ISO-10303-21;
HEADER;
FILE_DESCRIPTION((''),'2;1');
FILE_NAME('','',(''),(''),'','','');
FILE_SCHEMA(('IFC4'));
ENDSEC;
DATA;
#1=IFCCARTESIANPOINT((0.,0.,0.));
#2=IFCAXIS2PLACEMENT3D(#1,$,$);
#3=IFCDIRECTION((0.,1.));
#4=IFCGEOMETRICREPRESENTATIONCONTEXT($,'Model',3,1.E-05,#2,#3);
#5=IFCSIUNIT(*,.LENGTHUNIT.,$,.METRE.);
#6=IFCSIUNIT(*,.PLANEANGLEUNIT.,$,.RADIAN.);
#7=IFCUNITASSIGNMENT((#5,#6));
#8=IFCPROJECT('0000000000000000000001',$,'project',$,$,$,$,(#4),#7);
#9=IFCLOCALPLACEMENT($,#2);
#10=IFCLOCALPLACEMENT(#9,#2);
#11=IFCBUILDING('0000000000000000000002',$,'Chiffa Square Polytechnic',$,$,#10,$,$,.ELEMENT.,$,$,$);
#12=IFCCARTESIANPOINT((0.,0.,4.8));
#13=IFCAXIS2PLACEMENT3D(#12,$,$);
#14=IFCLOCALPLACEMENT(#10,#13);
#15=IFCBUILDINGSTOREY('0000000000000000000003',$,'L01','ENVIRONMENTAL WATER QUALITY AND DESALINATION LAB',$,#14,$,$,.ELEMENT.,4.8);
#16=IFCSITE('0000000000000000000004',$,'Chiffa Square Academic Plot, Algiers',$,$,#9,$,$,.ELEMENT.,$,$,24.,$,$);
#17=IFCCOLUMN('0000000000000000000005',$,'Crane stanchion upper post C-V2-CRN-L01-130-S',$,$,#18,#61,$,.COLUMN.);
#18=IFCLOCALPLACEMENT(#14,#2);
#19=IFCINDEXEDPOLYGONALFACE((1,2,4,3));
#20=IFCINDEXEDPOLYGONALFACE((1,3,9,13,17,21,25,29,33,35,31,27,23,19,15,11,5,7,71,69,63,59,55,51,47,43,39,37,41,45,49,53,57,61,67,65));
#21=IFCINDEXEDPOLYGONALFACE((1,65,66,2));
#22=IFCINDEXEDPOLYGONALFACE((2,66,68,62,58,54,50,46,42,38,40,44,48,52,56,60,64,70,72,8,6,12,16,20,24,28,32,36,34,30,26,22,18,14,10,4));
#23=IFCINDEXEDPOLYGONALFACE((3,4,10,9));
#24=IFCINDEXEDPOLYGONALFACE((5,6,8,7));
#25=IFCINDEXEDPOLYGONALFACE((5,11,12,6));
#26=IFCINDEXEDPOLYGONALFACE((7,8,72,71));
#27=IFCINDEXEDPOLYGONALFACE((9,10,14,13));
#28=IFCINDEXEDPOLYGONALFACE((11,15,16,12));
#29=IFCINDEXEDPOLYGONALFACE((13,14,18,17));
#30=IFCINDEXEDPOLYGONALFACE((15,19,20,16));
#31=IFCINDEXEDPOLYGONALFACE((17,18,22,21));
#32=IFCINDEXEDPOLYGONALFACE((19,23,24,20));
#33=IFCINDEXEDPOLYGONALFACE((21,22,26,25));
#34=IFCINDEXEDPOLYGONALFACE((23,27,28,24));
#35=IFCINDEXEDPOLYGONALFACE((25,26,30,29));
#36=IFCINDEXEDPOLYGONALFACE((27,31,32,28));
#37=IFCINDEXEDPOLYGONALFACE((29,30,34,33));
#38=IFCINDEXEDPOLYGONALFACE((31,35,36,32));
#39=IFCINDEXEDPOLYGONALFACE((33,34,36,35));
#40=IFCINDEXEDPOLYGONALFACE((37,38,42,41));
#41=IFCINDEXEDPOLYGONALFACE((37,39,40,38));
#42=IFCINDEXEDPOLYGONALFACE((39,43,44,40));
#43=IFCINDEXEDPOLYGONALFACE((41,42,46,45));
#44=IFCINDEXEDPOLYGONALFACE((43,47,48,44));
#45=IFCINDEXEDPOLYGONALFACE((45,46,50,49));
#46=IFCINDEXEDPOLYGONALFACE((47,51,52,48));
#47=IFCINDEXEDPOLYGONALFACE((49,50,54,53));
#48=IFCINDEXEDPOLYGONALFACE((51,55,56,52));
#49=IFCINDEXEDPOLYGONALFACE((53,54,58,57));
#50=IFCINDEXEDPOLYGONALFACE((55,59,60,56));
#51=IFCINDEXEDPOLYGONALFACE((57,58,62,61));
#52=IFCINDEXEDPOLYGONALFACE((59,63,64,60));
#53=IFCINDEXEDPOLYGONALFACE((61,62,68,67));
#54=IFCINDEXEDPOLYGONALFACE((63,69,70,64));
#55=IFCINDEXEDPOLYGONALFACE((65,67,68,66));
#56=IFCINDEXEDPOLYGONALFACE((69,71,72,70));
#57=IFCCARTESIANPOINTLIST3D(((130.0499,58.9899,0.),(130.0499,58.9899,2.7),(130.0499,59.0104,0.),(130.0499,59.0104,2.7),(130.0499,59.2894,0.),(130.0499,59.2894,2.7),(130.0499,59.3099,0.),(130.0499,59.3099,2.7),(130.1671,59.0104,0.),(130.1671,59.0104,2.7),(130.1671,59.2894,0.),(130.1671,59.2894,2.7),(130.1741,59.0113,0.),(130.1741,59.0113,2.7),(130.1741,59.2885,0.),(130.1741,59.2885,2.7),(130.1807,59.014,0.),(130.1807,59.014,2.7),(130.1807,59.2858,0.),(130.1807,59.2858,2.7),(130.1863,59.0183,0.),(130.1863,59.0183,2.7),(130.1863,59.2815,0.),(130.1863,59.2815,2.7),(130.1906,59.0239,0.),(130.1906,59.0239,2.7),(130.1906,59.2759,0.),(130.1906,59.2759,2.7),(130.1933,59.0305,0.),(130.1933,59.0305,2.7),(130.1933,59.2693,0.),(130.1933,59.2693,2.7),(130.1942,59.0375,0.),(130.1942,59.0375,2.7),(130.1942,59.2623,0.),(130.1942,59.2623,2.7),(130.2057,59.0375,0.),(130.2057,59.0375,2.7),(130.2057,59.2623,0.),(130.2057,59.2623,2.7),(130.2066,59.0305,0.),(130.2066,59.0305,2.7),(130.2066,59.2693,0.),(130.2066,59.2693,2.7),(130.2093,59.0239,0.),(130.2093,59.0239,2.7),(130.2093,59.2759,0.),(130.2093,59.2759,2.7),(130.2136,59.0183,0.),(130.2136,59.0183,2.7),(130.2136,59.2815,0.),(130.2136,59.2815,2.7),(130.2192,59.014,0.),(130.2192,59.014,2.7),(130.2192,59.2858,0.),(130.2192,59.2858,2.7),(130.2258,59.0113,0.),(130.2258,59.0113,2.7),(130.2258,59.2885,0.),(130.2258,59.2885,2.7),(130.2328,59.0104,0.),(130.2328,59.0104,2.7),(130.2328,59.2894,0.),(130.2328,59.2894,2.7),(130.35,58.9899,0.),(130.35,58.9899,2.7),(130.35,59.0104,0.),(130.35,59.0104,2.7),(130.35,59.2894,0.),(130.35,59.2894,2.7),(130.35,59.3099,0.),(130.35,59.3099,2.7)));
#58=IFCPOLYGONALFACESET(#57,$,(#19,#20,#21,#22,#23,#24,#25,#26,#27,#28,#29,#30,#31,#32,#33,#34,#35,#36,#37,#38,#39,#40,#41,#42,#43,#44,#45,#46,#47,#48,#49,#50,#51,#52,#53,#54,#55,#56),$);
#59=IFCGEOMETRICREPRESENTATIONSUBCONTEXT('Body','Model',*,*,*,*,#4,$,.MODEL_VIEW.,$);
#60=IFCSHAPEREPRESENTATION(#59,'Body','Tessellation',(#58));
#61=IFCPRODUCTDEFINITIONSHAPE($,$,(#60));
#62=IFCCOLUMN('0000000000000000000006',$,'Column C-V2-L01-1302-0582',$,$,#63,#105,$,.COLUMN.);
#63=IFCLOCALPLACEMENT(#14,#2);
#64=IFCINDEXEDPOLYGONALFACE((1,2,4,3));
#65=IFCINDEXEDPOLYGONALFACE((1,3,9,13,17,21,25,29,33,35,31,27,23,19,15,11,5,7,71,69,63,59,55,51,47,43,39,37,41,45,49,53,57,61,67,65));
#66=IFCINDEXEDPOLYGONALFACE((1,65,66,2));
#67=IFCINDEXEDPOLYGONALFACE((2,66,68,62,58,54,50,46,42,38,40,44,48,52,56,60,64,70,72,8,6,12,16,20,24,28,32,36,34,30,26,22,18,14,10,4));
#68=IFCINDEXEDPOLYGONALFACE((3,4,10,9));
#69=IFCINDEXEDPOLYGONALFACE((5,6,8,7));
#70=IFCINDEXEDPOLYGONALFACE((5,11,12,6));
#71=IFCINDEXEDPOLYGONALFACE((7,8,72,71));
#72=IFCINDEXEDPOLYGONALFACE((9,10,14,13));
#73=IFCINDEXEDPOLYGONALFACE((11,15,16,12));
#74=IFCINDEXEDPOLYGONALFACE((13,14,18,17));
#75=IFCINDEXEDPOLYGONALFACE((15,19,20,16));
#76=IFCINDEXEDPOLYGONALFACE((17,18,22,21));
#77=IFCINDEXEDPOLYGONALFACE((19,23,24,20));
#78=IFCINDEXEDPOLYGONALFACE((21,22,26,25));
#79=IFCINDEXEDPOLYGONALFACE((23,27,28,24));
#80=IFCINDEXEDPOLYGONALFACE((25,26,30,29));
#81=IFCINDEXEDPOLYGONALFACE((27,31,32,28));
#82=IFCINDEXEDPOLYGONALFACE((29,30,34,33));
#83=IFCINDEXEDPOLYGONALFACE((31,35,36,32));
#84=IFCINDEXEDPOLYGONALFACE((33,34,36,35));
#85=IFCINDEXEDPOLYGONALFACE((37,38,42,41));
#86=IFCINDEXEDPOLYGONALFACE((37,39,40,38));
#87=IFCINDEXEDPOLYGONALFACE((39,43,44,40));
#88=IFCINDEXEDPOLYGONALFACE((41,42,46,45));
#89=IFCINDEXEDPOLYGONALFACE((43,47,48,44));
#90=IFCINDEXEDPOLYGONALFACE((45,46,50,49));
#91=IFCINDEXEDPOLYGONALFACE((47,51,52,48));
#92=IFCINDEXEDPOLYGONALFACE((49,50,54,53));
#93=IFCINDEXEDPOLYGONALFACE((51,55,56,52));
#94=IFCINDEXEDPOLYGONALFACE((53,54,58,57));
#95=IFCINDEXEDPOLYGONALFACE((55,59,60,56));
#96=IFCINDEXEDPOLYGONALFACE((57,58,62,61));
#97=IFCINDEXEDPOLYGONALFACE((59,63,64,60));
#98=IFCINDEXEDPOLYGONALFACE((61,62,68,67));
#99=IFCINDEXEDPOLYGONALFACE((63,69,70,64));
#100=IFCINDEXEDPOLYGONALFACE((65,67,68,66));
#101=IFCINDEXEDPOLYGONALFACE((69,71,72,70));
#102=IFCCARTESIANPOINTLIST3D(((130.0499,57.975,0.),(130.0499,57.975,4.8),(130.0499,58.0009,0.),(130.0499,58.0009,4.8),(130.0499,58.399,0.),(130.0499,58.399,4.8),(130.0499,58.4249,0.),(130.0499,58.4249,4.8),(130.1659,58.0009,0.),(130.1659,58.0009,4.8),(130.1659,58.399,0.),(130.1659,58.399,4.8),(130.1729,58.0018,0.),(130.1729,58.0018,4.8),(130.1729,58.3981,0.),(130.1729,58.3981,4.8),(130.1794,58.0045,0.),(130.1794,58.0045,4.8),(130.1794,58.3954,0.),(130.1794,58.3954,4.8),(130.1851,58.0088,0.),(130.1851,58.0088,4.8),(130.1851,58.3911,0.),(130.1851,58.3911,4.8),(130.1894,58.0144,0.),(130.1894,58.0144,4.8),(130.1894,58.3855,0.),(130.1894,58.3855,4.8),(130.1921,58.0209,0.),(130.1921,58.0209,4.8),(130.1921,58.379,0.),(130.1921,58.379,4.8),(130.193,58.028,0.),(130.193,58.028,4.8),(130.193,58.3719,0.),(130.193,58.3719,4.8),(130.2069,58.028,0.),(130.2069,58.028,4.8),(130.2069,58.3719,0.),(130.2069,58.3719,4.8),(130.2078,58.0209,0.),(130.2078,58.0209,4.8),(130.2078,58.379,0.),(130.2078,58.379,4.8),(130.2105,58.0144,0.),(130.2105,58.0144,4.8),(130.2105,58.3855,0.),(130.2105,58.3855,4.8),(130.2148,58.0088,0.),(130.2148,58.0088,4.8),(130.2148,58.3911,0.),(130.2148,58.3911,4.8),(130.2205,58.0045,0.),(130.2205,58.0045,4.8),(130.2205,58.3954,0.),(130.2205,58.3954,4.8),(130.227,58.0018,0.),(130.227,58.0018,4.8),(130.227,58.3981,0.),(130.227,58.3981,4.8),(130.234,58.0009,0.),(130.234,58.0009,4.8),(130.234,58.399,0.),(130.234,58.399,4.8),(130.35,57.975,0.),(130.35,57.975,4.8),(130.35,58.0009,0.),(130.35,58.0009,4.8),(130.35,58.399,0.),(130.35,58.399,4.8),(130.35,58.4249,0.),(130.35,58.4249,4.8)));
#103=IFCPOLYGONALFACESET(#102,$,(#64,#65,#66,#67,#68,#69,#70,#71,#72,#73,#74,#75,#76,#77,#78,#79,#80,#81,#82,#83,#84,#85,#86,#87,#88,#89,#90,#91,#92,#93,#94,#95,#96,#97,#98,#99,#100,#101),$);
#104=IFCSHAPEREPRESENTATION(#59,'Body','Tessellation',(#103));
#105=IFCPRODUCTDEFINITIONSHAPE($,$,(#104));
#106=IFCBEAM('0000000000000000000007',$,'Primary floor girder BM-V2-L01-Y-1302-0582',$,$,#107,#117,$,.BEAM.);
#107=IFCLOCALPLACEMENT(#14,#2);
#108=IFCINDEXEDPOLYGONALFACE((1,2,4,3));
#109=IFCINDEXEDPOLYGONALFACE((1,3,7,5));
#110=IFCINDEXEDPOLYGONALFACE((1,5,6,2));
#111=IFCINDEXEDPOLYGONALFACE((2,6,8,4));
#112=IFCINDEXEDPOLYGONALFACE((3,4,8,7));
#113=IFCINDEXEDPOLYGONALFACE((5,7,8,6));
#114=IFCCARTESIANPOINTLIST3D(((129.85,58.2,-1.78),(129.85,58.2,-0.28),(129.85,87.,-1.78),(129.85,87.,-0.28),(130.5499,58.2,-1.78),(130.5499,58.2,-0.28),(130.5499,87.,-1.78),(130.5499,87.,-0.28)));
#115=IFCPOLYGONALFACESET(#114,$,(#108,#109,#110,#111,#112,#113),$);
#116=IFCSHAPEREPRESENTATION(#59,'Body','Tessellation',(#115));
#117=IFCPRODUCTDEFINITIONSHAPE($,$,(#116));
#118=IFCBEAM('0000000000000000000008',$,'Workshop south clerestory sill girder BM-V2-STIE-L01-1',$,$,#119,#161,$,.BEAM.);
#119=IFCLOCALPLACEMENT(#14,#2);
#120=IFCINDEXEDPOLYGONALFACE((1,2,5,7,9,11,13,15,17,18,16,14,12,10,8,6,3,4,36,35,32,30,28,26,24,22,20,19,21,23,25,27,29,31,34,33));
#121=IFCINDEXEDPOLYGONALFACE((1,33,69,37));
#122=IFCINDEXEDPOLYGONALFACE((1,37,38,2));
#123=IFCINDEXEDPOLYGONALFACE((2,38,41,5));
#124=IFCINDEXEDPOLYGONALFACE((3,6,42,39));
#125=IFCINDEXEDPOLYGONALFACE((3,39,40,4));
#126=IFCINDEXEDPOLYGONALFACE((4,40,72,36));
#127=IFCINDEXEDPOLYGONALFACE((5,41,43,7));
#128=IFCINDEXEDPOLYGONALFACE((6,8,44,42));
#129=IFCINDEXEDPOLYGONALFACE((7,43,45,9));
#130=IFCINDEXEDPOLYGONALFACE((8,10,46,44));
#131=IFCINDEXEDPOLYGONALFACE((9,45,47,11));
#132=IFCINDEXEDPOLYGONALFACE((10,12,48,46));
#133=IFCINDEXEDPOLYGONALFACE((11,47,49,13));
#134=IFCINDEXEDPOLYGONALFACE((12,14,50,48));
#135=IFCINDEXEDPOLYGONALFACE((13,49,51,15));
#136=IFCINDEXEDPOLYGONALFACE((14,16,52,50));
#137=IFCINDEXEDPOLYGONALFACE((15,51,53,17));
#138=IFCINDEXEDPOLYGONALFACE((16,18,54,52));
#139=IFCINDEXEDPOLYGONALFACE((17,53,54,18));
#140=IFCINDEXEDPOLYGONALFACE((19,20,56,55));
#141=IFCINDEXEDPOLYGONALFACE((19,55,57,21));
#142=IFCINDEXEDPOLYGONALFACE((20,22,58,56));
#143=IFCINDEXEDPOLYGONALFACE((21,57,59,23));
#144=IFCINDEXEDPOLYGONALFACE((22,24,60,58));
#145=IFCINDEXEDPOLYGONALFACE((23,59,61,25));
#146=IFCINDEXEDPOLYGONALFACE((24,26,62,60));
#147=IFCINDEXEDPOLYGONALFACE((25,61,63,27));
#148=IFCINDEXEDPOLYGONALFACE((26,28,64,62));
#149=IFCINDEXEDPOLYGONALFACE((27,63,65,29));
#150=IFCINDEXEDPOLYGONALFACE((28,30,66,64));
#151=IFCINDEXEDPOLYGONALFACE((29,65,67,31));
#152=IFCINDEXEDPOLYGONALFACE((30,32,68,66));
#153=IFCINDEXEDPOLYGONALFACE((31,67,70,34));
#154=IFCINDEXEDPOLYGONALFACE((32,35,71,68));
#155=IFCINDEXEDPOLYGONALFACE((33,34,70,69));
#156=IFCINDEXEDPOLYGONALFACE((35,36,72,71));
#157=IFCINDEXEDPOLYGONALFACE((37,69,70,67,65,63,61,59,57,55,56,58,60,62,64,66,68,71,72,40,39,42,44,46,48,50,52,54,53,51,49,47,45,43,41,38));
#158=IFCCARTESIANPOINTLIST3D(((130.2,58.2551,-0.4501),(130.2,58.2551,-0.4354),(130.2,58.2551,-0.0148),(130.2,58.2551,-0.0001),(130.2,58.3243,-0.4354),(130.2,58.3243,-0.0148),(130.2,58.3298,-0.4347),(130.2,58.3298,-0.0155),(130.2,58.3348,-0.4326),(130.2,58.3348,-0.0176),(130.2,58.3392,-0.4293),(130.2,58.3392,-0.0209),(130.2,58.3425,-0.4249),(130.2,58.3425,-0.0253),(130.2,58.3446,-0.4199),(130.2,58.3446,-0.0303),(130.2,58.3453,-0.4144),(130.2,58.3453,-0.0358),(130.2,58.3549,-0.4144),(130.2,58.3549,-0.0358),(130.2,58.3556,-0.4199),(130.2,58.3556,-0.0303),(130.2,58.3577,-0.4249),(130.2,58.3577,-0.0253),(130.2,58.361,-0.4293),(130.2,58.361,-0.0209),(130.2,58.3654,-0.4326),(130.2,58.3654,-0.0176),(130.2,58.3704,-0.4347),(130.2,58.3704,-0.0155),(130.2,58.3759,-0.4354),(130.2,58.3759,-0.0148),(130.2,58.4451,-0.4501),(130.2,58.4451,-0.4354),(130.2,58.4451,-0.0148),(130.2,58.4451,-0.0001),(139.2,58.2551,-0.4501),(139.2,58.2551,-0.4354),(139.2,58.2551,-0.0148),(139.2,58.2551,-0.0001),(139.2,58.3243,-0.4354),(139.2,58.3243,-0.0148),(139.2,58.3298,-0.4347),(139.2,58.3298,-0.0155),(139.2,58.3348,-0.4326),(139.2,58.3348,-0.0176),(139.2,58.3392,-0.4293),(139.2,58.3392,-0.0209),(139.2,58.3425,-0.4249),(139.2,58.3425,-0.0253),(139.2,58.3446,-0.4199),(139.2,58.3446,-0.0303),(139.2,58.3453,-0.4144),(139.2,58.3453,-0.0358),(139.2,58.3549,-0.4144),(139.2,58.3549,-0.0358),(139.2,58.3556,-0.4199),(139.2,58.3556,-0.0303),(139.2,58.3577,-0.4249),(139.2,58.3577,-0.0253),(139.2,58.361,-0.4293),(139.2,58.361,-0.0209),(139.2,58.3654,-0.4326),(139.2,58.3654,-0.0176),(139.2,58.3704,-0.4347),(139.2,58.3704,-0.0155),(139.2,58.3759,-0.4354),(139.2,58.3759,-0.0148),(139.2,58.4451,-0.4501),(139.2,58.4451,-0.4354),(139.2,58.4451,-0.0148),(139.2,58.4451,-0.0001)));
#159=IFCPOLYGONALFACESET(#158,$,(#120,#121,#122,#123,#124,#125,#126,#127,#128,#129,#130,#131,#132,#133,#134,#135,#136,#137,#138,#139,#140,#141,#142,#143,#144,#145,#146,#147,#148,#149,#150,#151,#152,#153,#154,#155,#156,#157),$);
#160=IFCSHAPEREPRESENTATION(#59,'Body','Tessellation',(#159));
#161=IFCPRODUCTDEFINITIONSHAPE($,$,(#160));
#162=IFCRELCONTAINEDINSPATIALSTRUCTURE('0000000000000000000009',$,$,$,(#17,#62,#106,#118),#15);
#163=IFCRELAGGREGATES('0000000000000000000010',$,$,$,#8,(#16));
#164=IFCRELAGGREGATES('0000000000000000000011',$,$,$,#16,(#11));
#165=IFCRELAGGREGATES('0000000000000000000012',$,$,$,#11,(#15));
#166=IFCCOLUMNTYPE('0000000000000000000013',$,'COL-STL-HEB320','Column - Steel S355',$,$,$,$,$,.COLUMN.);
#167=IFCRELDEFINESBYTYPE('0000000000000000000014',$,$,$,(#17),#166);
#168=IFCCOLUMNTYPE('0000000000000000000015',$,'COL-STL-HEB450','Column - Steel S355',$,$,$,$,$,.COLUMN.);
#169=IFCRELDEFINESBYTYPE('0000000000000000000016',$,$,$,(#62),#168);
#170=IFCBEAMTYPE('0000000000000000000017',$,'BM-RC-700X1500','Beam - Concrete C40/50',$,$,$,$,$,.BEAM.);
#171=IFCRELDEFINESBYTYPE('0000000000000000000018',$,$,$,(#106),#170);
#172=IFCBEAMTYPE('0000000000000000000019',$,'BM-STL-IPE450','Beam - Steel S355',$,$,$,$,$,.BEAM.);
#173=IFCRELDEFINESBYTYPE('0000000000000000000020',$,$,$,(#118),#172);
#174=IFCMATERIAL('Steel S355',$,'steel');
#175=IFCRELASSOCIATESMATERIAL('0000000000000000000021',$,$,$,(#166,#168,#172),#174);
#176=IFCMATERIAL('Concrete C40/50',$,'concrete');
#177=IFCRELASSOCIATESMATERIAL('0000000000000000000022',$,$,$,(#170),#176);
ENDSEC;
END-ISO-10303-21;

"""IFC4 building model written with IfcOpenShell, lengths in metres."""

from ifc_helpers import new_model, si_unit, direction, frame, origin, origin_2d, place, context, subcontext, project, spatial, rectangle, i_section, extrude, material, material_profile, profile_set, type_object, element, save


model = new_model("IFC4")

# Units and contexts
model_context = context("Model", 3, precision=1e-05, world=origin(), true_north=direction((0.0, 1.0)))
body_context = subcontext(model_context, "Body", "Model", "MODEL_VIEW")
ifc_project = project(units=[si_unit("LENGTHUNIT", "METRE"), si_unit("PLANEANGLEUNIT", "RADIAN")], contexts=[model_context])

# Site, building, storey
site_placement = place(None, origin())
site = spatial("IfcSite", under=ifc_project, at=site_placement, Name="Chiffa Square Academic Plot, Algiers", CompositionType="ELEMENT", RefElevation=24.0)
building_placement = place(site_placement, origin())
building = spatial("IfcBuilding", under=site, at=building_placement, Name="Chiffa Square Polytechnic", CompositionType="ELEMENT")
storey_placement = place(building_placement, frame((0.0, 0.0, 4.8)))
storey = spatial("IfcBuildingStorey", under=building, at=storey_placement, Name="L01", Description="ENVIRONMENTAL WATER QUALITY AND DESALINATION LAB", CompositionType="ELEMENT", Elevation=4.8)

# Columns
ifc_material_1 = material(Name="Steel S355", Category="steel")
ifc_material_profile_1 = material_profile(ifc_material_1, i_section(OverallWidth=0.3, OverallDepth=0.3201, WebThickness=0.0115, FlangeThickness=0.0205, FilletRadius=0.0271, at=origin_2d()), Name="HEB 320")
ifc_profile_set_1 = profile_set([ifc_material_profile_1], Name="Steel S355")
column_type_1 = type_object("IfcColumnType", Name="COL-STL-HEB320", Description="Column - Steel S355", PredefinedType="COLUMN", material=ifc_profile_set_1)
column_1_placement = place(storey_placement, frame((130.2, 59.1499, 0.0), z_axis=(0.0, 0.0, 1.0), x_axis=(1.0, 0.0, 0.0)))
element("IfcColumn", 1, at=column_1_placement, inside=storey, type_object=column_type_1, Name="Crane stanchion upper post C-V2-CRN-L01-130-S", PredefinedType="COLUMN", context=body_context, shape_type="SweptSolid", body=[
    extrude(i_section(OverallWidth=0.3, OverallDepth=0.3201, WebThickness=0.0115, FlangeThickness=0.0205, FilletRadius=0.0271, at=origin_2d()), origin(), (0.0, 0.0, 1.0), 2.7),
])
ifc_material_profile_2 = material_profile(ifc_material_1, i_section(OverallWidth=0.3, OverallDepth=0.45, WebThickness=0.0139, FlangeThickness=0.0259, FilletRadius=0.0271, at=origin_2d()), Name="HEB 450")
ifc_profile_set_2 = profile_set([ifc_material_profile_2], Name="Steel S355")
column_type_2 = type_object("IfcColumnType", Name="COL-STL-HEB450", Description="Column - Steel S355", PredefinedType="COLUMN", material=ifc_profile_set_2)
column_2_placement = place(storey_placement, frame((130.2, 58.2, 0.0), z_axis=(0.0, 0.0, 1.0), x_axis=(1.0, 0.0, 0.0)))
element("IfcColumn", 2, at=column_2_placement, inside=storey, type_object=column_type_2, Name="Column C-V2-L01-1302-0582", PredefinedType="COLUMN", context=body_context, shape_type="SweptSolid", body=[
    extrude(i_section(OverallWidth=0.3, OverallDepth=0.45, WebThickness=0.0139, FlangeThickness=0.0259, FilletRadius=0.0271, at=origin_2d()), origin(), (0.0, 0.0, 1.0), 4.8),
])

# Beams
ifc_material_2 = material(Name="Concrete C40/50", Category="concrete")
ifc_material_profile_3 = material_profile(ifc_material_2, rectangle(XDim=0.7, YDim=1.5, at=origin_2d()), Name="RC 700x1500")
ifc_profile_set_3 = profile_set([ifc_material_profile_3], Name="Concrete C40/50")
beam_type_1 = type_object("IfcBeamType", Name="BM-RC-700X1500", Description="Beam - Concrete C40/50", PredefinedType="BEAM", material=ifc_profile_set_3)
beam_1_placement = place(storey_placement, frame((130.2, 58.2, -1.03), z_axis=(0.0, 1.0, 0.0), x_axis=(-1.0, 0.0, 0.0)))
element("IfcBeam", 3, at=beam_1_placement, inside=storey, type_object=beam_type_1, Name="Primary floor girder BM-V2-L01-Y-1302-0582", PredefinedType="BEAM", context=body_context, shape_type="SweptSolid", body=[
    extrude(rectangle(XDim=0.7, YDim=1.5, at=origin_2d()), origin(), (0.0, 0.0, 1.0), 28.8),
])
ifc_material_profile_4 = material_profile(ifc_material_1, i_section(OverallWidth=0.1899, OverallDepth=0.45, WebThickness=0.0095, FlangeThickness=0.0146, FilletRadius=0.021, at=origin_2d()), Name="IPE 450")
ifc_profile_set_4 = profile_set([ifc_material_profile_4], Name="Steel S355")
beam_type_2 = type_object("IfcBeamType", Name="BM-STL-IPE450", Description="Beam - Steel S355", PredefinedType="BEAM", material=ifc_profile_set_4)
for number, where, z_axis, x_axis, name in (
    (4, (130.2, 58.3501, -0.2251), (1.0, 0.0, 0.0), (0.0, 1.0, 0.0), "Workshop south clerestory sill girder BM-V2-STIE-L01-1"),
):
    element("IfcBeam", number, at=place(storey_placement, frame(where, z_axis=z_axis, x_axis=x_axis)), inside=storey, type_object=beam_type_2, Name=name, PredefinedType="BEAM", context=body_context, shape_type="SweptSolid", body=[
        extrude(i_section(OverallWidth=0.1899, OverallDepth=0.45, WebThickness=0.0095, FlangeThickness=0.0146, FilletRadius=0.021, at=origin_2d()), origin(), (0.0, 0.0, 1.0), 9.0),
    ])

save(model, "model.ifc")
